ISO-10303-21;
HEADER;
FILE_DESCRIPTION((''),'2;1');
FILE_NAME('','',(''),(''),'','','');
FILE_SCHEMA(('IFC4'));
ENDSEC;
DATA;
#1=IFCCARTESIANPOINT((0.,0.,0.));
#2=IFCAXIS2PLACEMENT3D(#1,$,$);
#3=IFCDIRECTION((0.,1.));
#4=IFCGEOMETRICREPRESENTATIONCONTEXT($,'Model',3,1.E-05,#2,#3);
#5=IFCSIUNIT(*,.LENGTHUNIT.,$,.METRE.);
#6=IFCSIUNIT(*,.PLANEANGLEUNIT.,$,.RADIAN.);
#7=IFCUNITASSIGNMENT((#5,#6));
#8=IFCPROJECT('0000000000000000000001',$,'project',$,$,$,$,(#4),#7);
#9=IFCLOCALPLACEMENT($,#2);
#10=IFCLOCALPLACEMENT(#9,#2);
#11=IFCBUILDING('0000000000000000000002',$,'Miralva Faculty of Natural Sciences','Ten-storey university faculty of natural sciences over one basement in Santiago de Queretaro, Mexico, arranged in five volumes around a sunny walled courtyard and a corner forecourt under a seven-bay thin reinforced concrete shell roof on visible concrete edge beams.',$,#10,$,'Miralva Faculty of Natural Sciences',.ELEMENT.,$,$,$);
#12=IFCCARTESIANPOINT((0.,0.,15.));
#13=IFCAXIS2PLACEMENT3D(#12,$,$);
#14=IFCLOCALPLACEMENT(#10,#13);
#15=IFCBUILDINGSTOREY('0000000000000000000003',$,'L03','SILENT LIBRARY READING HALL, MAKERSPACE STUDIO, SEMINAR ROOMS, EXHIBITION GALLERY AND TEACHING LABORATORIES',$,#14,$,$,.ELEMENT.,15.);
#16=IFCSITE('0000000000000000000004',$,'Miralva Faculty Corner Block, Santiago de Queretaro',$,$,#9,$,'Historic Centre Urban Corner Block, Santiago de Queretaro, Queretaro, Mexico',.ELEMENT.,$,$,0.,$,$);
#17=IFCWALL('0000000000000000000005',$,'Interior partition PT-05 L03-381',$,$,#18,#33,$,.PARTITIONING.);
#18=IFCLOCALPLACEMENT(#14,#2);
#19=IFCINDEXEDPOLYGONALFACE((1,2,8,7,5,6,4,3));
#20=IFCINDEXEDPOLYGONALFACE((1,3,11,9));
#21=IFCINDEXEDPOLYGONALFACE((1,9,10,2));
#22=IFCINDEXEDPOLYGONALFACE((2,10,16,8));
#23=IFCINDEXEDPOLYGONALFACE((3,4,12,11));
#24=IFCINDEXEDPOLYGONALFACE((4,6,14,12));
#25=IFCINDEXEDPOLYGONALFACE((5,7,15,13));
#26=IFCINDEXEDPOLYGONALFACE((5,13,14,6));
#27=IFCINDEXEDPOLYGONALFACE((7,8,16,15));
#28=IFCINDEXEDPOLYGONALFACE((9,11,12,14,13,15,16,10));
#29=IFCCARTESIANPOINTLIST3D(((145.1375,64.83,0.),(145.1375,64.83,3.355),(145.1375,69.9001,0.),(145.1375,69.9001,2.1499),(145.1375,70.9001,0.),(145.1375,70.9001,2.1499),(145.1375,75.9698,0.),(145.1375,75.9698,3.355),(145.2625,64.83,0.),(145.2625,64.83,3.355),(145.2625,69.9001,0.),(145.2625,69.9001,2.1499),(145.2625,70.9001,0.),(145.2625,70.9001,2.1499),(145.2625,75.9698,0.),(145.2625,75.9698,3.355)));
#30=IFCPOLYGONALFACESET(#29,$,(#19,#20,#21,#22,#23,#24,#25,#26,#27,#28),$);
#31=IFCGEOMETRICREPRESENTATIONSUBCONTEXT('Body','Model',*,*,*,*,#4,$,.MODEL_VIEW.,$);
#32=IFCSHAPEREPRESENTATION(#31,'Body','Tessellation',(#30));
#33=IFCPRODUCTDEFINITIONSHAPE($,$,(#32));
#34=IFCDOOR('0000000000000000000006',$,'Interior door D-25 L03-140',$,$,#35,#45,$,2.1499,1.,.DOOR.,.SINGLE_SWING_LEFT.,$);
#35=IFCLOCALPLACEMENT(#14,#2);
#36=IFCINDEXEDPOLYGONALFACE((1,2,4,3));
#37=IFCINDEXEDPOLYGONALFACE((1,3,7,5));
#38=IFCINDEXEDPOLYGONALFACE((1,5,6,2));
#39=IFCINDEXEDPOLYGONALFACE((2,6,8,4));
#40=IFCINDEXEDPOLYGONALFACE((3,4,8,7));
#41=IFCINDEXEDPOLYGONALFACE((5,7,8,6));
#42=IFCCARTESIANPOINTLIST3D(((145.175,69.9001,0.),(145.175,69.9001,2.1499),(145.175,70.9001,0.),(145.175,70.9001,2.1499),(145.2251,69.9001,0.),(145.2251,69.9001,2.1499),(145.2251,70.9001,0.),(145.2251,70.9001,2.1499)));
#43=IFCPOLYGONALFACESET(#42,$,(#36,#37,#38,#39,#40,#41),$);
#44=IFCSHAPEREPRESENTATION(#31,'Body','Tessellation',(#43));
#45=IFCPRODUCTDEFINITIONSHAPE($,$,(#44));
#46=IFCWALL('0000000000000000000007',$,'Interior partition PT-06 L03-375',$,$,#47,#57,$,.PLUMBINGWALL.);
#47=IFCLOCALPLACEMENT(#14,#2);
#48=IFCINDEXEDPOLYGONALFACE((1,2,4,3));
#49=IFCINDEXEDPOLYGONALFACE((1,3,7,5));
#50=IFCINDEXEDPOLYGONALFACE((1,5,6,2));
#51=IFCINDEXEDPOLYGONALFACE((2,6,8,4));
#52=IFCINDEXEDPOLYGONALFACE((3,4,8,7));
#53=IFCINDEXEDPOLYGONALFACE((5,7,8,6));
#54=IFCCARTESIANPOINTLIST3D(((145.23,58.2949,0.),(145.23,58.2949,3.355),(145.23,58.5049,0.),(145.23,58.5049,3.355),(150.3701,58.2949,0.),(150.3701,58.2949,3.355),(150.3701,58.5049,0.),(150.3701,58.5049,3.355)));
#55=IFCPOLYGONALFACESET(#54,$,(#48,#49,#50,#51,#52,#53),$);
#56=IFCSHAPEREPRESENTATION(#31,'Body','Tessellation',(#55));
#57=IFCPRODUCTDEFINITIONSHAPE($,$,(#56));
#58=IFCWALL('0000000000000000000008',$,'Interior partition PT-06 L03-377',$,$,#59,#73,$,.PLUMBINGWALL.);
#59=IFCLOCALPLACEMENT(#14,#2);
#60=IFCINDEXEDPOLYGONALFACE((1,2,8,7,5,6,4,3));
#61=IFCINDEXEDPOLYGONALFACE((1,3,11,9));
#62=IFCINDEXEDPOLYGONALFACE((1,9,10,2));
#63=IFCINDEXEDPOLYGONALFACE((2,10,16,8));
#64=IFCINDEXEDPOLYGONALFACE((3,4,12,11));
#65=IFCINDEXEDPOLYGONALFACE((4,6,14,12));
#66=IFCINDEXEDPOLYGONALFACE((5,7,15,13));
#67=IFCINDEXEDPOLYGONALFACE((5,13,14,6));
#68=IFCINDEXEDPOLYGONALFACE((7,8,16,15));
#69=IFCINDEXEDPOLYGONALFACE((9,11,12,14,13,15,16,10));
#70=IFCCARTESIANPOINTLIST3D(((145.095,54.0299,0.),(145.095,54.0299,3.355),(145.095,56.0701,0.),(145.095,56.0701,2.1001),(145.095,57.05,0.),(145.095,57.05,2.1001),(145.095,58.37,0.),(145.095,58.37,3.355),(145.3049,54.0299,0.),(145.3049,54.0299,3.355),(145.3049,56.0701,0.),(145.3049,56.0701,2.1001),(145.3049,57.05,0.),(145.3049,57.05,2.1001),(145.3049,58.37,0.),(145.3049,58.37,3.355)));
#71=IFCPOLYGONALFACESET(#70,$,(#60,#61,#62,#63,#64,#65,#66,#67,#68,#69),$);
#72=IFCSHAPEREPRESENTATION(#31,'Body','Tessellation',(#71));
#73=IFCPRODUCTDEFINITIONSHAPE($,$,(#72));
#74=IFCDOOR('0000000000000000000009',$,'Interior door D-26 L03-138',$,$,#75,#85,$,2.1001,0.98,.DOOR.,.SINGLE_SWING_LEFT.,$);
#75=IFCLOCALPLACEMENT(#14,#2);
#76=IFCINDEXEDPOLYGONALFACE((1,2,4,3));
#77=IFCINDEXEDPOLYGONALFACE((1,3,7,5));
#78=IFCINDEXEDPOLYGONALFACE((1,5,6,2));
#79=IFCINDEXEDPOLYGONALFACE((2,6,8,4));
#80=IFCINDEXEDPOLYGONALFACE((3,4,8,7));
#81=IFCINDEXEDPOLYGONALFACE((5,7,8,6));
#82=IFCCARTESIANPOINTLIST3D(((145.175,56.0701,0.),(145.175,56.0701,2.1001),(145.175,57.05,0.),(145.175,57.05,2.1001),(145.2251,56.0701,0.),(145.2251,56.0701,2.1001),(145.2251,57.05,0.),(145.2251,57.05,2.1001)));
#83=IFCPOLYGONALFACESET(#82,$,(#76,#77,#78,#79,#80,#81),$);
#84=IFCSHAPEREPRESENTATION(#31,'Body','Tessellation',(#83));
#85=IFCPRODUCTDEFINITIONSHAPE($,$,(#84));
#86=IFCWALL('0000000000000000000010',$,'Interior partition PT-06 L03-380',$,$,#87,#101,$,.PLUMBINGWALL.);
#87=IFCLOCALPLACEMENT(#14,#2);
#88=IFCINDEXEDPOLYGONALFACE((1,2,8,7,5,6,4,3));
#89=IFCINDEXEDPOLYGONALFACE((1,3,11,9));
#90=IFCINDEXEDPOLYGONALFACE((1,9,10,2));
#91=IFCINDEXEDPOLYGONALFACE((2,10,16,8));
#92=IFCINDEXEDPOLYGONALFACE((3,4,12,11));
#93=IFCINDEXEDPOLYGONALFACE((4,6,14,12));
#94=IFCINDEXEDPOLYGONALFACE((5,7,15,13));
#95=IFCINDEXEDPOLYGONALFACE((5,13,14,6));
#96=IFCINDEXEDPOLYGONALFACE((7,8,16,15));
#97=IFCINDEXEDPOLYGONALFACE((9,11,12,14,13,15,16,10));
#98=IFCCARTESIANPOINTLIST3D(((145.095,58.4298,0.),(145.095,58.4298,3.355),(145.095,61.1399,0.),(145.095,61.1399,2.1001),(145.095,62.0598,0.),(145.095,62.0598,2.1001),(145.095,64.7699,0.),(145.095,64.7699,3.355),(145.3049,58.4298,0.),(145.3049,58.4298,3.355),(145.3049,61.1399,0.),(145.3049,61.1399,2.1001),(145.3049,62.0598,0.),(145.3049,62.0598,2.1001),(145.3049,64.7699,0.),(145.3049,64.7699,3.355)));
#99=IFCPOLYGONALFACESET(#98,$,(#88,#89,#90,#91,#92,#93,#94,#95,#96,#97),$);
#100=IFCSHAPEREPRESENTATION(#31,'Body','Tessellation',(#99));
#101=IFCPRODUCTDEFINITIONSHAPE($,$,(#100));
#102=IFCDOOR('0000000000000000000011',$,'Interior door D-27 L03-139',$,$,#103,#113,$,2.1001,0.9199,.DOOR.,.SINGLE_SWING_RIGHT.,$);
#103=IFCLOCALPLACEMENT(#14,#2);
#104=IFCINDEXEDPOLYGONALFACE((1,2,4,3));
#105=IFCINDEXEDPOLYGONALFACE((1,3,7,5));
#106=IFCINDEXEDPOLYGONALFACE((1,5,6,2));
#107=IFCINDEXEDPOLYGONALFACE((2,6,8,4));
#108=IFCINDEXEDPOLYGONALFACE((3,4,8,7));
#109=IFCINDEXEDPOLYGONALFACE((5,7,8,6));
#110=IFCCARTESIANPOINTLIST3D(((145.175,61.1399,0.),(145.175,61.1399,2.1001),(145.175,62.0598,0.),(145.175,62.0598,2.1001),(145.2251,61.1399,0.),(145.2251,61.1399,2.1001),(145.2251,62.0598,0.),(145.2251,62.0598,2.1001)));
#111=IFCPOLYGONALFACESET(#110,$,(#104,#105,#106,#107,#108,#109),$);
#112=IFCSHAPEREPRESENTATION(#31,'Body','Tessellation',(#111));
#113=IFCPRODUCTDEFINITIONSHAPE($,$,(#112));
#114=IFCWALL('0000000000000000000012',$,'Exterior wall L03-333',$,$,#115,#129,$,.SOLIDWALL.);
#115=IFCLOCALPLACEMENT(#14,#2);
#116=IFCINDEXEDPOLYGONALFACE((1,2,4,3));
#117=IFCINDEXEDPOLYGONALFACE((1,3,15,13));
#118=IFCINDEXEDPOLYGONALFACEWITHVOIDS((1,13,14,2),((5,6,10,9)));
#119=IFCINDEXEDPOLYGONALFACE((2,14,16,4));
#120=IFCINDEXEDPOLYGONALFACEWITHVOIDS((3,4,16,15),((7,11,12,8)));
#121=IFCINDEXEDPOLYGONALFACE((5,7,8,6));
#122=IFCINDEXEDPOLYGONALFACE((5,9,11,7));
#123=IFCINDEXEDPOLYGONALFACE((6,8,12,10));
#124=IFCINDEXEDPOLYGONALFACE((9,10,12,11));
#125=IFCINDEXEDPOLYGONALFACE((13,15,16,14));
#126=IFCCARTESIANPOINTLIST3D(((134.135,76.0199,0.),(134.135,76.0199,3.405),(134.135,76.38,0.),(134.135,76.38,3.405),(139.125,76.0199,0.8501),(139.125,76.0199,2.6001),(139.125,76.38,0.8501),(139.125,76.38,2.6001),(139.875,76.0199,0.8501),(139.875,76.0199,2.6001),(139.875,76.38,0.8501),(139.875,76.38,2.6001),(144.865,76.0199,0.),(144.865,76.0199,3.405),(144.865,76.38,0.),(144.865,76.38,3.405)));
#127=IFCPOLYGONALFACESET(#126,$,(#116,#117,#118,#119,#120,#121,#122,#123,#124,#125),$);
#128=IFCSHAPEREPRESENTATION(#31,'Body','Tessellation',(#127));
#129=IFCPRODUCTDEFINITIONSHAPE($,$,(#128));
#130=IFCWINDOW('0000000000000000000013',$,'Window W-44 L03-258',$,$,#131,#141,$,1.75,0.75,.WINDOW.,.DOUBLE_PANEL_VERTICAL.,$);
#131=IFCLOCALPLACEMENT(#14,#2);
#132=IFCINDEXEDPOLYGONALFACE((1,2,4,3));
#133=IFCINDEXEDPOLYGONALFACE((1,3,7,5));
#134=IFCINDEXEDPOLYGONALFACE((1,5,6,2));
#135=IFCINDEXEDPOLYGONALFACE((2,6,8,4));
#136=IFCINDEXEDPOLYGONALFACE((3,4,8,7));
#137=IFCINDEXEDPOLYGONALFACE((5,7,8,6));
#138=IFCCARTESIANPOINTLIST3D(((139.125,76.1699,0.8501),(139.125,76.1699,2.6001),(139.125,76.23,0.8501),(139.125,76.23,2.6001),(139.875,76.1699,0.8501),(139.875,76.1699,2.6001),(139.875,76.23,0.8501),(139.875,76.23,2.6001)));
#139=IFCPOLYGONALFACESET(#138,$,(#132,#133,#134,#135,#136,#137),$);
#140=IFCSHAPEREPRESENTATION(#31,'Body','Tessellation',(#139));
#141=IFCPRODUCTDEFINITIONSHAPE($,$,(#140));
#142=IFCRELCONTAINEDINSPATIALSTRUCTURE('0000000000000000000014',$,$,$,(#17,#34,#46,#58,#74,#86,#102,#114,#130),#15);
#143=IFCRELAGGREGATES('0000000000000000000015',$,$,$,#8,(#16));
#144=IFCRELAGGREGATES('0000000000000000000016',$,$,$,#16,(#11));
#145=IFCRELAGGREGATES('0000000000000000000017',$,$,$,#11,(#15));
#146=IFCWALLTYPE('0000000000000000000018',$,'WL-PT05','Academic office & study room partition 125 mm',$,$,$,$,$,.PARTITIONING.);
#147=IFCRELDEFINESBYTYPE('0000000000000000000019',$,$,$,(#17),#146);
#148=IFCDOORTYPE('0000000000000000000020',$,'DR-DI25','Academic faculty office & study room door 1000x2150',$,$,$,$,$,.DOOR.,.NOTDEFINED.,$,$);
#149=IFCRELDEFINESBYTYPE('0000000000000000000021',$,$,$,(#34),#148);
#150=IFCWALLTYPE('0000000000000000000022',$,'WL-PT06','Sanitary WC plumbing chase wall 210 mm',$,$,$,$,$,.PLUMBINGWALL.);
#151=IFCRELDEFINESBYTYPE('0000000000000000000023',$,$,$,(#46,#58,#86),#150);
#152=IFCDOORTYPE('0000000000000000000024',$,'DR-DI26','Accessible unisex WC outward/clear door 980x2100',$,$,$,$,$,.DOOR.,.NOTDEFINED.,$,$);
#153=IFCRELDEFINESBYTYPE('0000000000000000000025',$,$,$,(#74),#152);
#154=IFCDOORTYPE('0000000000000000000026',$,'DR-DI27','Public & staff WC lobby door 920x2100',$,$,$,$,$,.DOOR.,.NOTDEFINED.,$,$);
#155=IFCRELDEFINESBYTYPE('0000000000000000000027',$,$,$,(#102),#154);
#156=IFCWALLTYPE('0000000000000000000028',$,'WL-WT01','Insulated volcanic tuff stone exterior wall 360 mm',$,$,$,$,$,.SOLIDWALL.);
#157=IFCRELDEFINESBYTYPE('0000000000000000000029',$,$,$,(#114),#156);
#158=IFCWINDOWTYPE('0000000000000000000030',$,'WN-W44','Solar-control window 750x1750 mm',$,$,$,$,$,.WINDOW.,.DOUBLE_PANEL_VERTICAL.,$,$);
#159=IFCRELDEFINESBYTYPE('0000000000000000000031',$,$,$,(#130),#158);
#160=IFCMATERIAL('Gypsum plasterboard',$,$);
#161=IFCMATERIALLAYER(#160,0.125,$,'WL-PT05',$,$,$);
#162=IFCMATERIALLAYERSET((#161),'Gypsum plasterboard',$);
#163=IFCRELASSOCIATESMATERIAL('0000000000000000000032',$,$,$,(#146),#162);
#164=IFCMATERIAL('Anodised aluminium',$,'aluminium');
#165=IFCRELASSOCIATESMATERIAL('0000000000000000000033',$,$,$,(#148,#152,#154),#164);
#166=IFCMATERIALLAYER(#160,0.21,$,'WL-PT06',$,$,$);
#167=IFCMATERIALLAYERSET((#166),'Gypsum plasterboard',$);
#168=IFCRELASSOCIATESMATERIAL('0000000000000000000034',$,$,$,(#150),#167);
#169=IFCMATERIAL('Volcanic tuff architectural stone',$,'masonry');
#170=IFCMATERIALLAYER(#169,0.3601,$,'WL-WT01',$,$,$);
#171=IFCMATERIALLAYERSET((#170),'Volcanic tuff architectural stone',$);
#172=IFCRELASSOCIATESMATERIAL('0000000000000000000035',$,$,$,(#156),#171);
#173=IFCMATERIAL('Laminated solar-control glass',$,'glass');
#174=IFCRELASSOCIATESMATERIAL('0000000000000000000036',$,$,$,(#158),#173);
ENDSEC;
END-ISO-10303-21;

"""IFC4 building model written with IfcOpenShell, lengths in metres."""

from ifc_helpers import new_model, si_unit, direction, frame, frame_2d, origin, place, context, subcontext, project, spatial, rectangle, extrude, material, layer, layer_set, type_object, element, fill, save


model = new_model("IFC4")

# Units and contexts
model_context = context("Model", 3, precision=1e-05, world=origin(), true_north=direction((0.0, 1.0)))
body_context = subcontext(model_context, "Body", "Model", "MODEL_VIEW")
ifc_project = project(units=[si_unit("LENGTHUNIT", "METRE"), si_unit("PLANEANGLEUNIT", "RADIAN")], contexts=[model_context])

# Site, building, storey
site_placement = place(None, origin())
site = spatial("IfcSite", under=ifc_project, at=site_placement, Name="Miralva Faculty Corner Block, Santiago de Queretaro", LongName="Historic Centre Urban Corner Block, Santiago de Queretaro, Queretaro, Mexico", CompositionType="ELEMENT", RefElevation=0.0)
building_placement = place(site_placement, origin())
building = spatial("IfcBuilding", under=site, at=building_placement, Name="Miralva Faculty of Natural Sciences", Description="Ten-storey university faculty of natural sciences over one basement in Santiago de Queretaro, Mexico, arranged in five volumes around a sunny walled courtyard and a corner forecourt under a seven-bay thin reinforced concrete shell roof on visible concrete edge beams.", LongName="Miralva Faculty of Natural Sciences", CompositionType="ELEMENT")
storey_placement = place(building_placement, frame((0.0, 0.0, 15.0)))
storey = spatial("IfcBuildingStorey", under=building, at=storey_placement, Name="L03", Description="SILENT LIBRARY READING HALL, MAKERSPACE STUDIO, SEMINAR ROOMS, EXHIBITION GALLERY AND TEACHING LABORATORIES", CompositionType="ELEMENT", Elevation=15.0)

# Shared definitions
ifc_material_1 = material(Name="Laminated solar-control glass", Category="glass")
ifc_material_2 = material(Name="Anodised aluminium", Category="aluminium")

# Wall, opening, door
ifc_material_3 = material(Name="Gypsum plasterboard")
ifc_layer_1 = layer(ifc_material_3, 0.125, Name="WL-PT05")
ifc_layer_set_1 = layer_set([ifc_layer_1], Name="Gypsum plasterboard")
wall_type_1 = type_object("IfcWallType", Name="WL-PT05", Description="Academic office & study room partition 125 mm", PredefinedType="PARTITIONING", material=ifc_layer_set_1)
wall_1_placement = place(storey_placement, frame((145.2, 64.8301, 0.0), z_axis=(0.0, 0.0, 1.0), x_axis=(0.0, 1.0, 0.0)))
wall_1 = element("IfcWall", 1, at=wall_1_placement, inside=storey, type_object=wall_type_1, Name="Interior partition PT-05 L03-381", PredefinedType="PARTITIONING", context=body_context, shape_type="SweptSolid", body=[
    extrude(rectangle(XDim=11.1399, YDim=0.125, at=frame_2d((5.5698, 0.0))), origin(), (0.0, 0.0, 1.0), 3.355),
])
opening_1_placement = place(wall_1_placement, frame((5.0701, 0.0, 0.0)))
opening_1 = element("IfcOpeningElement", 2, at=opening_1_placement, cuts=wall_1, PredefinedType="OPENING", context=body_context, shape_type="SweptSolid", body=[
    extrude(rectangle(XDim=1.0, YDim=2.1499, at=frame_2d((0.5, 1.075))), frame((0.0, 0.0725, 0.0), z_axis=(0.0, -1.0, 0.0), x_axis=(1.0, 0.0, 0.0)), (0.0, 0.0, 1.0), 0.145),
])
door_type_1 = type_object("IfcDoorType", Name="DR-DI25", Description="Academic faculty office & study room door 1000x2150", OperationType="NOTDEFINED", PredefinedType="DOOR", material=ifc_material_2)
door_1_placement = place(opening_1_placement, origin())
door_1 = element("IfcDoor", 3, at=door_1_placement, inside=storey, type_object=door_type_1, Name="Interior door D-25 L03-140", OperationType="SINGLE_SWING_LEFT", OverallHeight=2.1499, OverallWidth=1.0, PredefinedType="DOOR", context=body_context, shape_type="SweptSolid", body=[
    extrude(rectangle(XDim=1.0, YDim=2.1499, at=frame_2d((0.5, 1.075))), frame((0.0, 0.0249, 0.0), z_axis=(0.0, -1.0, 0.0), x_axis=(1.0, 0.0, 0.0)), (0.0, 0.0, 1.0), 0.05),
])
fill(opening_1, door_1)

# Wall
ifc_layer_2 = layer(ifc_material_3, 0.21, Name="WL-PT06")
ifc_layer_set_2 = layer_set([ifc_layer_2], Name="Gypsum plasterboard")
wall_type_2 = type_object("IfcWallType", Name="WL-PT06", Description="Sanitary WC plumbing chase wall 210 mm", PredefinedType="PLUMBINGWALL", material=ifc_layer_set_2)
wall_2_placement = place(storey_placement, frame((145.23, 58.3999, 0.0), z_axis=(0.0, 0.0, 1.0), x_axis=(1.0, 0.0, 0.0)))
element("IfcWall", 4, at=wall_2_placement, inside=storey, type_object=wall_type_2, Name="Interior partition PT-06 L03-375", PredefinedType="PLUMBINGWALL", context=body_context, shape_type="SweptSolid", body=[
    extrude(rectangle(XDim=5.1401, YDim=0.21, at=frame_2d((2.5701, 0.0))), origin(), (0.0, 0.0, 1.0), 3.355),
])

# Walls, openings, doors
wall_3_placement = place(storey_placement, frame((145.2, 54.03, 0.0), z_axis=(0.0, 0.0, 1.0), x_axis=(0.0, 1.0, 0.0)))
wall_3 = element("IfcWall", 5, at=wall_3_placement, inside=storey, type_object=wall_type_2, Name="Interior partition PT-06 L03-377", PredefinedType="PLUMBINGWALL", context=body_context, shape_type="SweptSolid", body=[
    extrude(rectangle(XDim=4.3401, YDim=0.21, at=frame_2d((2.1699, 0.0))), origin(), (0.0, 0.0, 1.0), 3.355),
])
opening_2_placement = place(wall_3_placement, frame((2.04, 0.0, 0.0)))
opening_2 = element("IfcOpeningElement", 6, at=opening_2_placement, cuts=wall_3, PredefinedType="OPENING", context=body_context, shape_type="SweptSolid", body=[
    extrude(rectangle(XDim=0.98, YDim=2.1001, at=frame_2d((0.49, 1.05))), frame((0.0, 0.115, 0.0), z_axis=(0.0, -1.0, 0.0), x_axis=(1.0, 0.0, 0.0)), (0.0, 0.0, 1.0), 0.23),
])
door_type_2 = type_object("IfcDoorType", Name="DR-DI26", Description="Accessible unisex WC outward/clear door 980x2100", OperationType="NOTDEFINED", PredefinedType="DOOR", material=ifc_material_2)
door_2_placement = place(opening_2_placement, origin())
door_2 = element("IfcDoor", 7, at=door_2_placement, inside=storey, type_object=door_type_2, Name="Interior door D-26 L03-138", OperationType="SINGLE_SWING_LEFT", OverallHeight=2.1001, OverallWidth=0.98, PredefinedType="DOOR", context=body_context, shape_type="SweptSolid", body=[
    extrude(rectangle(XDim=0.98, YDim=2.1001, at=frame_2d((0.49, 1.05))), frame((0.0, 0.0249, 0.0), z_axis=(0.0, -1.0, 0.0), x_axis=(1.0, 0.0, 0.0)), (0.0, 0.0, 1.0), 0.05),
])
fill(opening_2, door_2)
wall_4_placement = place(storey_placement, frame((145.2, 58.4299, 0.0), z_axis=(0.0, 0.0, 1.0), x_axis=(0.0, 1.0, 0.0)))
wall_4 = element("IfcWall", 8, at=wall_4_placement, inside=storey, type_object=wall_type_2, Name="Interior partition PT-06 L03-380", PredefinedType="PLUMBINGWALL", context=body_context, shape_type="SweptSolid", body=[
    extrude(rectangle(XDim=6.3401, YDim=0.21, at=frame_2d((3.1699, 0.0))), origin(), (0.0, 0.0, 1.0), 3.355),
])
opening_3_placement = place(wall_4_placement, frame((2.71, 0.0, 0.0)))
opening_3 = element("IfcOpeningElement", 9, at=opening_3_placement, cuts=wall_4, PredefinedType="OPENING", context=body_context, shape_type="SweptSolid", body=[
    extrude(rectangle(XDim=0.9199, YDim=2.1001, at=frame_2d((0.46, 1.05))), frame((0.0, 0.115, 0.0), z_axis=(0.0, -1.0, 0.0), x_axis=(1.0, 0.0, 0.0)), (0.0, 0.0, 1.0), 0.23),
])
door_type_3 = type_object("IfcDoorType", Name="DR-DI27", Description="Public & staff WC lobby door 920x2100", OperationType="NOTDEFINED", PredefinedType="DOOR", material=ifc_material_2)
door_3_placement = place(opening_3_placement, origin())
door_3 = element("IfcDoor", 10, at=door_3_placement, inside=storey, type_object=door_type_3, Name="Interior door D-27 L03-139", OperationType="SINGLE_SWING_RIGHT", OverallHeight=2.1001, OverallWidth=0.9199, PredefinedType="DOOR", context=body_context, shape_type="SweptSolid", body=[
    extrude(rectangle(XDim=0.9199, YDim=2.1001, at=frame_2d((0.46, 1.05))), frame((0.0, 0.0249, 0.0), z_axis=(0.0, -1.0, 0.0), x_axis=(1.0, 0.0, 0.0)), (0.0, 0.0, 1.0), 0.05),
])
fill(opening_3, door_3)

# Wall, opening, window
ifc_material_4 = material(Name="Volcanic tuff architectural stone", Category="masonry")
ifc_layer_3 = layer(ifc_material_4, 0.3601, Name="WL-WT01")
ifc_layer_set_3 = layer_set([ifc_layer_3], Name="Volcanic tuff architectural stone")
wall_type_3 = type_object("IfcWallType", Name="WL-WT01", Description="Insulated volcanic tuff stone exterior wall 360 mm", PredefinedType="SOLIDWALL", material=ifc_layer_set_3)
wall_5_placement = place(storey_placement, frame((134.135, 76.2, 0.0), z_axis=(0.0, 0.0, 1.0), x_axis=(1.0, 0.0, 0.0)))
wall_5 = element("IfcWall", 11, at=wall_5_placement, inside=storey, type_object=wall_type_3, Name="Exterior wall L03-333", PredefinedType="SOLIDWALL", context=body_context, shape_type="SweptSolid", body=[
    extrude(rectangle(XDim=10.73, YDim=0.3601, at=frame_2d((5.365, 0.0))), origin(), (0.0, 0.0, 1.0), 3.405),
])
opening_4_placement = place(wall_5_placement, frame((4.99, 0.0, 0.8501)))
opening_4 = element("IfcOpeningElement", 12, at=opening_4_placement, cuts=wall_5, PredefinedType="OPENING", context=body_context, shape_type="SweptSolid", body=[
    extrude(rectangle(XDim=0.75, YDim=1.75, at=frame_2d((0.375, 0.875))), frame((0.0, 0.1899, 0.0), z_axis=(0.0, -1.0, 0.0), x_axis=(1.0, 0.0, 0.0)), (0.0, 0.0, 1.0), 0.3801),
])
window_type = type_object("IfcWindowType", Name="WN-W44", Description="Solar-control window 750x1750 mm", PartitioningType="DOUBLE_PANEL_VERTICAL", PredefinedType="WINDOW", material=ifc_material_1)
window_placement = place(opening_4_placement, origin())
window = element("IfcWindow", 13, at=window_placement, inside=storey, type_object=window_type, Name="Window W-44 L03-258", OverallHeight=1.75, OverallWidth=0.75, PartitioningType="DOUBLE_PANEL_VERTICAL", PredefinedType="WINDOW", context=body_context, shape_type="SweptSolid", body=[
    extrude(rectangle(XDim=0.75, YDim=1.75, at=frame_2d((0.375, 0.875))), frame((0.0, 0.03, 0.0), z_axis=(0.0, -1.0, 0.0), x_axis=(1.0, 0.0, 0.0)), (0.0, 0.0, 1.0), 0.0601),
])
fill(opening_4, window)

save(model, "model.ifc")
